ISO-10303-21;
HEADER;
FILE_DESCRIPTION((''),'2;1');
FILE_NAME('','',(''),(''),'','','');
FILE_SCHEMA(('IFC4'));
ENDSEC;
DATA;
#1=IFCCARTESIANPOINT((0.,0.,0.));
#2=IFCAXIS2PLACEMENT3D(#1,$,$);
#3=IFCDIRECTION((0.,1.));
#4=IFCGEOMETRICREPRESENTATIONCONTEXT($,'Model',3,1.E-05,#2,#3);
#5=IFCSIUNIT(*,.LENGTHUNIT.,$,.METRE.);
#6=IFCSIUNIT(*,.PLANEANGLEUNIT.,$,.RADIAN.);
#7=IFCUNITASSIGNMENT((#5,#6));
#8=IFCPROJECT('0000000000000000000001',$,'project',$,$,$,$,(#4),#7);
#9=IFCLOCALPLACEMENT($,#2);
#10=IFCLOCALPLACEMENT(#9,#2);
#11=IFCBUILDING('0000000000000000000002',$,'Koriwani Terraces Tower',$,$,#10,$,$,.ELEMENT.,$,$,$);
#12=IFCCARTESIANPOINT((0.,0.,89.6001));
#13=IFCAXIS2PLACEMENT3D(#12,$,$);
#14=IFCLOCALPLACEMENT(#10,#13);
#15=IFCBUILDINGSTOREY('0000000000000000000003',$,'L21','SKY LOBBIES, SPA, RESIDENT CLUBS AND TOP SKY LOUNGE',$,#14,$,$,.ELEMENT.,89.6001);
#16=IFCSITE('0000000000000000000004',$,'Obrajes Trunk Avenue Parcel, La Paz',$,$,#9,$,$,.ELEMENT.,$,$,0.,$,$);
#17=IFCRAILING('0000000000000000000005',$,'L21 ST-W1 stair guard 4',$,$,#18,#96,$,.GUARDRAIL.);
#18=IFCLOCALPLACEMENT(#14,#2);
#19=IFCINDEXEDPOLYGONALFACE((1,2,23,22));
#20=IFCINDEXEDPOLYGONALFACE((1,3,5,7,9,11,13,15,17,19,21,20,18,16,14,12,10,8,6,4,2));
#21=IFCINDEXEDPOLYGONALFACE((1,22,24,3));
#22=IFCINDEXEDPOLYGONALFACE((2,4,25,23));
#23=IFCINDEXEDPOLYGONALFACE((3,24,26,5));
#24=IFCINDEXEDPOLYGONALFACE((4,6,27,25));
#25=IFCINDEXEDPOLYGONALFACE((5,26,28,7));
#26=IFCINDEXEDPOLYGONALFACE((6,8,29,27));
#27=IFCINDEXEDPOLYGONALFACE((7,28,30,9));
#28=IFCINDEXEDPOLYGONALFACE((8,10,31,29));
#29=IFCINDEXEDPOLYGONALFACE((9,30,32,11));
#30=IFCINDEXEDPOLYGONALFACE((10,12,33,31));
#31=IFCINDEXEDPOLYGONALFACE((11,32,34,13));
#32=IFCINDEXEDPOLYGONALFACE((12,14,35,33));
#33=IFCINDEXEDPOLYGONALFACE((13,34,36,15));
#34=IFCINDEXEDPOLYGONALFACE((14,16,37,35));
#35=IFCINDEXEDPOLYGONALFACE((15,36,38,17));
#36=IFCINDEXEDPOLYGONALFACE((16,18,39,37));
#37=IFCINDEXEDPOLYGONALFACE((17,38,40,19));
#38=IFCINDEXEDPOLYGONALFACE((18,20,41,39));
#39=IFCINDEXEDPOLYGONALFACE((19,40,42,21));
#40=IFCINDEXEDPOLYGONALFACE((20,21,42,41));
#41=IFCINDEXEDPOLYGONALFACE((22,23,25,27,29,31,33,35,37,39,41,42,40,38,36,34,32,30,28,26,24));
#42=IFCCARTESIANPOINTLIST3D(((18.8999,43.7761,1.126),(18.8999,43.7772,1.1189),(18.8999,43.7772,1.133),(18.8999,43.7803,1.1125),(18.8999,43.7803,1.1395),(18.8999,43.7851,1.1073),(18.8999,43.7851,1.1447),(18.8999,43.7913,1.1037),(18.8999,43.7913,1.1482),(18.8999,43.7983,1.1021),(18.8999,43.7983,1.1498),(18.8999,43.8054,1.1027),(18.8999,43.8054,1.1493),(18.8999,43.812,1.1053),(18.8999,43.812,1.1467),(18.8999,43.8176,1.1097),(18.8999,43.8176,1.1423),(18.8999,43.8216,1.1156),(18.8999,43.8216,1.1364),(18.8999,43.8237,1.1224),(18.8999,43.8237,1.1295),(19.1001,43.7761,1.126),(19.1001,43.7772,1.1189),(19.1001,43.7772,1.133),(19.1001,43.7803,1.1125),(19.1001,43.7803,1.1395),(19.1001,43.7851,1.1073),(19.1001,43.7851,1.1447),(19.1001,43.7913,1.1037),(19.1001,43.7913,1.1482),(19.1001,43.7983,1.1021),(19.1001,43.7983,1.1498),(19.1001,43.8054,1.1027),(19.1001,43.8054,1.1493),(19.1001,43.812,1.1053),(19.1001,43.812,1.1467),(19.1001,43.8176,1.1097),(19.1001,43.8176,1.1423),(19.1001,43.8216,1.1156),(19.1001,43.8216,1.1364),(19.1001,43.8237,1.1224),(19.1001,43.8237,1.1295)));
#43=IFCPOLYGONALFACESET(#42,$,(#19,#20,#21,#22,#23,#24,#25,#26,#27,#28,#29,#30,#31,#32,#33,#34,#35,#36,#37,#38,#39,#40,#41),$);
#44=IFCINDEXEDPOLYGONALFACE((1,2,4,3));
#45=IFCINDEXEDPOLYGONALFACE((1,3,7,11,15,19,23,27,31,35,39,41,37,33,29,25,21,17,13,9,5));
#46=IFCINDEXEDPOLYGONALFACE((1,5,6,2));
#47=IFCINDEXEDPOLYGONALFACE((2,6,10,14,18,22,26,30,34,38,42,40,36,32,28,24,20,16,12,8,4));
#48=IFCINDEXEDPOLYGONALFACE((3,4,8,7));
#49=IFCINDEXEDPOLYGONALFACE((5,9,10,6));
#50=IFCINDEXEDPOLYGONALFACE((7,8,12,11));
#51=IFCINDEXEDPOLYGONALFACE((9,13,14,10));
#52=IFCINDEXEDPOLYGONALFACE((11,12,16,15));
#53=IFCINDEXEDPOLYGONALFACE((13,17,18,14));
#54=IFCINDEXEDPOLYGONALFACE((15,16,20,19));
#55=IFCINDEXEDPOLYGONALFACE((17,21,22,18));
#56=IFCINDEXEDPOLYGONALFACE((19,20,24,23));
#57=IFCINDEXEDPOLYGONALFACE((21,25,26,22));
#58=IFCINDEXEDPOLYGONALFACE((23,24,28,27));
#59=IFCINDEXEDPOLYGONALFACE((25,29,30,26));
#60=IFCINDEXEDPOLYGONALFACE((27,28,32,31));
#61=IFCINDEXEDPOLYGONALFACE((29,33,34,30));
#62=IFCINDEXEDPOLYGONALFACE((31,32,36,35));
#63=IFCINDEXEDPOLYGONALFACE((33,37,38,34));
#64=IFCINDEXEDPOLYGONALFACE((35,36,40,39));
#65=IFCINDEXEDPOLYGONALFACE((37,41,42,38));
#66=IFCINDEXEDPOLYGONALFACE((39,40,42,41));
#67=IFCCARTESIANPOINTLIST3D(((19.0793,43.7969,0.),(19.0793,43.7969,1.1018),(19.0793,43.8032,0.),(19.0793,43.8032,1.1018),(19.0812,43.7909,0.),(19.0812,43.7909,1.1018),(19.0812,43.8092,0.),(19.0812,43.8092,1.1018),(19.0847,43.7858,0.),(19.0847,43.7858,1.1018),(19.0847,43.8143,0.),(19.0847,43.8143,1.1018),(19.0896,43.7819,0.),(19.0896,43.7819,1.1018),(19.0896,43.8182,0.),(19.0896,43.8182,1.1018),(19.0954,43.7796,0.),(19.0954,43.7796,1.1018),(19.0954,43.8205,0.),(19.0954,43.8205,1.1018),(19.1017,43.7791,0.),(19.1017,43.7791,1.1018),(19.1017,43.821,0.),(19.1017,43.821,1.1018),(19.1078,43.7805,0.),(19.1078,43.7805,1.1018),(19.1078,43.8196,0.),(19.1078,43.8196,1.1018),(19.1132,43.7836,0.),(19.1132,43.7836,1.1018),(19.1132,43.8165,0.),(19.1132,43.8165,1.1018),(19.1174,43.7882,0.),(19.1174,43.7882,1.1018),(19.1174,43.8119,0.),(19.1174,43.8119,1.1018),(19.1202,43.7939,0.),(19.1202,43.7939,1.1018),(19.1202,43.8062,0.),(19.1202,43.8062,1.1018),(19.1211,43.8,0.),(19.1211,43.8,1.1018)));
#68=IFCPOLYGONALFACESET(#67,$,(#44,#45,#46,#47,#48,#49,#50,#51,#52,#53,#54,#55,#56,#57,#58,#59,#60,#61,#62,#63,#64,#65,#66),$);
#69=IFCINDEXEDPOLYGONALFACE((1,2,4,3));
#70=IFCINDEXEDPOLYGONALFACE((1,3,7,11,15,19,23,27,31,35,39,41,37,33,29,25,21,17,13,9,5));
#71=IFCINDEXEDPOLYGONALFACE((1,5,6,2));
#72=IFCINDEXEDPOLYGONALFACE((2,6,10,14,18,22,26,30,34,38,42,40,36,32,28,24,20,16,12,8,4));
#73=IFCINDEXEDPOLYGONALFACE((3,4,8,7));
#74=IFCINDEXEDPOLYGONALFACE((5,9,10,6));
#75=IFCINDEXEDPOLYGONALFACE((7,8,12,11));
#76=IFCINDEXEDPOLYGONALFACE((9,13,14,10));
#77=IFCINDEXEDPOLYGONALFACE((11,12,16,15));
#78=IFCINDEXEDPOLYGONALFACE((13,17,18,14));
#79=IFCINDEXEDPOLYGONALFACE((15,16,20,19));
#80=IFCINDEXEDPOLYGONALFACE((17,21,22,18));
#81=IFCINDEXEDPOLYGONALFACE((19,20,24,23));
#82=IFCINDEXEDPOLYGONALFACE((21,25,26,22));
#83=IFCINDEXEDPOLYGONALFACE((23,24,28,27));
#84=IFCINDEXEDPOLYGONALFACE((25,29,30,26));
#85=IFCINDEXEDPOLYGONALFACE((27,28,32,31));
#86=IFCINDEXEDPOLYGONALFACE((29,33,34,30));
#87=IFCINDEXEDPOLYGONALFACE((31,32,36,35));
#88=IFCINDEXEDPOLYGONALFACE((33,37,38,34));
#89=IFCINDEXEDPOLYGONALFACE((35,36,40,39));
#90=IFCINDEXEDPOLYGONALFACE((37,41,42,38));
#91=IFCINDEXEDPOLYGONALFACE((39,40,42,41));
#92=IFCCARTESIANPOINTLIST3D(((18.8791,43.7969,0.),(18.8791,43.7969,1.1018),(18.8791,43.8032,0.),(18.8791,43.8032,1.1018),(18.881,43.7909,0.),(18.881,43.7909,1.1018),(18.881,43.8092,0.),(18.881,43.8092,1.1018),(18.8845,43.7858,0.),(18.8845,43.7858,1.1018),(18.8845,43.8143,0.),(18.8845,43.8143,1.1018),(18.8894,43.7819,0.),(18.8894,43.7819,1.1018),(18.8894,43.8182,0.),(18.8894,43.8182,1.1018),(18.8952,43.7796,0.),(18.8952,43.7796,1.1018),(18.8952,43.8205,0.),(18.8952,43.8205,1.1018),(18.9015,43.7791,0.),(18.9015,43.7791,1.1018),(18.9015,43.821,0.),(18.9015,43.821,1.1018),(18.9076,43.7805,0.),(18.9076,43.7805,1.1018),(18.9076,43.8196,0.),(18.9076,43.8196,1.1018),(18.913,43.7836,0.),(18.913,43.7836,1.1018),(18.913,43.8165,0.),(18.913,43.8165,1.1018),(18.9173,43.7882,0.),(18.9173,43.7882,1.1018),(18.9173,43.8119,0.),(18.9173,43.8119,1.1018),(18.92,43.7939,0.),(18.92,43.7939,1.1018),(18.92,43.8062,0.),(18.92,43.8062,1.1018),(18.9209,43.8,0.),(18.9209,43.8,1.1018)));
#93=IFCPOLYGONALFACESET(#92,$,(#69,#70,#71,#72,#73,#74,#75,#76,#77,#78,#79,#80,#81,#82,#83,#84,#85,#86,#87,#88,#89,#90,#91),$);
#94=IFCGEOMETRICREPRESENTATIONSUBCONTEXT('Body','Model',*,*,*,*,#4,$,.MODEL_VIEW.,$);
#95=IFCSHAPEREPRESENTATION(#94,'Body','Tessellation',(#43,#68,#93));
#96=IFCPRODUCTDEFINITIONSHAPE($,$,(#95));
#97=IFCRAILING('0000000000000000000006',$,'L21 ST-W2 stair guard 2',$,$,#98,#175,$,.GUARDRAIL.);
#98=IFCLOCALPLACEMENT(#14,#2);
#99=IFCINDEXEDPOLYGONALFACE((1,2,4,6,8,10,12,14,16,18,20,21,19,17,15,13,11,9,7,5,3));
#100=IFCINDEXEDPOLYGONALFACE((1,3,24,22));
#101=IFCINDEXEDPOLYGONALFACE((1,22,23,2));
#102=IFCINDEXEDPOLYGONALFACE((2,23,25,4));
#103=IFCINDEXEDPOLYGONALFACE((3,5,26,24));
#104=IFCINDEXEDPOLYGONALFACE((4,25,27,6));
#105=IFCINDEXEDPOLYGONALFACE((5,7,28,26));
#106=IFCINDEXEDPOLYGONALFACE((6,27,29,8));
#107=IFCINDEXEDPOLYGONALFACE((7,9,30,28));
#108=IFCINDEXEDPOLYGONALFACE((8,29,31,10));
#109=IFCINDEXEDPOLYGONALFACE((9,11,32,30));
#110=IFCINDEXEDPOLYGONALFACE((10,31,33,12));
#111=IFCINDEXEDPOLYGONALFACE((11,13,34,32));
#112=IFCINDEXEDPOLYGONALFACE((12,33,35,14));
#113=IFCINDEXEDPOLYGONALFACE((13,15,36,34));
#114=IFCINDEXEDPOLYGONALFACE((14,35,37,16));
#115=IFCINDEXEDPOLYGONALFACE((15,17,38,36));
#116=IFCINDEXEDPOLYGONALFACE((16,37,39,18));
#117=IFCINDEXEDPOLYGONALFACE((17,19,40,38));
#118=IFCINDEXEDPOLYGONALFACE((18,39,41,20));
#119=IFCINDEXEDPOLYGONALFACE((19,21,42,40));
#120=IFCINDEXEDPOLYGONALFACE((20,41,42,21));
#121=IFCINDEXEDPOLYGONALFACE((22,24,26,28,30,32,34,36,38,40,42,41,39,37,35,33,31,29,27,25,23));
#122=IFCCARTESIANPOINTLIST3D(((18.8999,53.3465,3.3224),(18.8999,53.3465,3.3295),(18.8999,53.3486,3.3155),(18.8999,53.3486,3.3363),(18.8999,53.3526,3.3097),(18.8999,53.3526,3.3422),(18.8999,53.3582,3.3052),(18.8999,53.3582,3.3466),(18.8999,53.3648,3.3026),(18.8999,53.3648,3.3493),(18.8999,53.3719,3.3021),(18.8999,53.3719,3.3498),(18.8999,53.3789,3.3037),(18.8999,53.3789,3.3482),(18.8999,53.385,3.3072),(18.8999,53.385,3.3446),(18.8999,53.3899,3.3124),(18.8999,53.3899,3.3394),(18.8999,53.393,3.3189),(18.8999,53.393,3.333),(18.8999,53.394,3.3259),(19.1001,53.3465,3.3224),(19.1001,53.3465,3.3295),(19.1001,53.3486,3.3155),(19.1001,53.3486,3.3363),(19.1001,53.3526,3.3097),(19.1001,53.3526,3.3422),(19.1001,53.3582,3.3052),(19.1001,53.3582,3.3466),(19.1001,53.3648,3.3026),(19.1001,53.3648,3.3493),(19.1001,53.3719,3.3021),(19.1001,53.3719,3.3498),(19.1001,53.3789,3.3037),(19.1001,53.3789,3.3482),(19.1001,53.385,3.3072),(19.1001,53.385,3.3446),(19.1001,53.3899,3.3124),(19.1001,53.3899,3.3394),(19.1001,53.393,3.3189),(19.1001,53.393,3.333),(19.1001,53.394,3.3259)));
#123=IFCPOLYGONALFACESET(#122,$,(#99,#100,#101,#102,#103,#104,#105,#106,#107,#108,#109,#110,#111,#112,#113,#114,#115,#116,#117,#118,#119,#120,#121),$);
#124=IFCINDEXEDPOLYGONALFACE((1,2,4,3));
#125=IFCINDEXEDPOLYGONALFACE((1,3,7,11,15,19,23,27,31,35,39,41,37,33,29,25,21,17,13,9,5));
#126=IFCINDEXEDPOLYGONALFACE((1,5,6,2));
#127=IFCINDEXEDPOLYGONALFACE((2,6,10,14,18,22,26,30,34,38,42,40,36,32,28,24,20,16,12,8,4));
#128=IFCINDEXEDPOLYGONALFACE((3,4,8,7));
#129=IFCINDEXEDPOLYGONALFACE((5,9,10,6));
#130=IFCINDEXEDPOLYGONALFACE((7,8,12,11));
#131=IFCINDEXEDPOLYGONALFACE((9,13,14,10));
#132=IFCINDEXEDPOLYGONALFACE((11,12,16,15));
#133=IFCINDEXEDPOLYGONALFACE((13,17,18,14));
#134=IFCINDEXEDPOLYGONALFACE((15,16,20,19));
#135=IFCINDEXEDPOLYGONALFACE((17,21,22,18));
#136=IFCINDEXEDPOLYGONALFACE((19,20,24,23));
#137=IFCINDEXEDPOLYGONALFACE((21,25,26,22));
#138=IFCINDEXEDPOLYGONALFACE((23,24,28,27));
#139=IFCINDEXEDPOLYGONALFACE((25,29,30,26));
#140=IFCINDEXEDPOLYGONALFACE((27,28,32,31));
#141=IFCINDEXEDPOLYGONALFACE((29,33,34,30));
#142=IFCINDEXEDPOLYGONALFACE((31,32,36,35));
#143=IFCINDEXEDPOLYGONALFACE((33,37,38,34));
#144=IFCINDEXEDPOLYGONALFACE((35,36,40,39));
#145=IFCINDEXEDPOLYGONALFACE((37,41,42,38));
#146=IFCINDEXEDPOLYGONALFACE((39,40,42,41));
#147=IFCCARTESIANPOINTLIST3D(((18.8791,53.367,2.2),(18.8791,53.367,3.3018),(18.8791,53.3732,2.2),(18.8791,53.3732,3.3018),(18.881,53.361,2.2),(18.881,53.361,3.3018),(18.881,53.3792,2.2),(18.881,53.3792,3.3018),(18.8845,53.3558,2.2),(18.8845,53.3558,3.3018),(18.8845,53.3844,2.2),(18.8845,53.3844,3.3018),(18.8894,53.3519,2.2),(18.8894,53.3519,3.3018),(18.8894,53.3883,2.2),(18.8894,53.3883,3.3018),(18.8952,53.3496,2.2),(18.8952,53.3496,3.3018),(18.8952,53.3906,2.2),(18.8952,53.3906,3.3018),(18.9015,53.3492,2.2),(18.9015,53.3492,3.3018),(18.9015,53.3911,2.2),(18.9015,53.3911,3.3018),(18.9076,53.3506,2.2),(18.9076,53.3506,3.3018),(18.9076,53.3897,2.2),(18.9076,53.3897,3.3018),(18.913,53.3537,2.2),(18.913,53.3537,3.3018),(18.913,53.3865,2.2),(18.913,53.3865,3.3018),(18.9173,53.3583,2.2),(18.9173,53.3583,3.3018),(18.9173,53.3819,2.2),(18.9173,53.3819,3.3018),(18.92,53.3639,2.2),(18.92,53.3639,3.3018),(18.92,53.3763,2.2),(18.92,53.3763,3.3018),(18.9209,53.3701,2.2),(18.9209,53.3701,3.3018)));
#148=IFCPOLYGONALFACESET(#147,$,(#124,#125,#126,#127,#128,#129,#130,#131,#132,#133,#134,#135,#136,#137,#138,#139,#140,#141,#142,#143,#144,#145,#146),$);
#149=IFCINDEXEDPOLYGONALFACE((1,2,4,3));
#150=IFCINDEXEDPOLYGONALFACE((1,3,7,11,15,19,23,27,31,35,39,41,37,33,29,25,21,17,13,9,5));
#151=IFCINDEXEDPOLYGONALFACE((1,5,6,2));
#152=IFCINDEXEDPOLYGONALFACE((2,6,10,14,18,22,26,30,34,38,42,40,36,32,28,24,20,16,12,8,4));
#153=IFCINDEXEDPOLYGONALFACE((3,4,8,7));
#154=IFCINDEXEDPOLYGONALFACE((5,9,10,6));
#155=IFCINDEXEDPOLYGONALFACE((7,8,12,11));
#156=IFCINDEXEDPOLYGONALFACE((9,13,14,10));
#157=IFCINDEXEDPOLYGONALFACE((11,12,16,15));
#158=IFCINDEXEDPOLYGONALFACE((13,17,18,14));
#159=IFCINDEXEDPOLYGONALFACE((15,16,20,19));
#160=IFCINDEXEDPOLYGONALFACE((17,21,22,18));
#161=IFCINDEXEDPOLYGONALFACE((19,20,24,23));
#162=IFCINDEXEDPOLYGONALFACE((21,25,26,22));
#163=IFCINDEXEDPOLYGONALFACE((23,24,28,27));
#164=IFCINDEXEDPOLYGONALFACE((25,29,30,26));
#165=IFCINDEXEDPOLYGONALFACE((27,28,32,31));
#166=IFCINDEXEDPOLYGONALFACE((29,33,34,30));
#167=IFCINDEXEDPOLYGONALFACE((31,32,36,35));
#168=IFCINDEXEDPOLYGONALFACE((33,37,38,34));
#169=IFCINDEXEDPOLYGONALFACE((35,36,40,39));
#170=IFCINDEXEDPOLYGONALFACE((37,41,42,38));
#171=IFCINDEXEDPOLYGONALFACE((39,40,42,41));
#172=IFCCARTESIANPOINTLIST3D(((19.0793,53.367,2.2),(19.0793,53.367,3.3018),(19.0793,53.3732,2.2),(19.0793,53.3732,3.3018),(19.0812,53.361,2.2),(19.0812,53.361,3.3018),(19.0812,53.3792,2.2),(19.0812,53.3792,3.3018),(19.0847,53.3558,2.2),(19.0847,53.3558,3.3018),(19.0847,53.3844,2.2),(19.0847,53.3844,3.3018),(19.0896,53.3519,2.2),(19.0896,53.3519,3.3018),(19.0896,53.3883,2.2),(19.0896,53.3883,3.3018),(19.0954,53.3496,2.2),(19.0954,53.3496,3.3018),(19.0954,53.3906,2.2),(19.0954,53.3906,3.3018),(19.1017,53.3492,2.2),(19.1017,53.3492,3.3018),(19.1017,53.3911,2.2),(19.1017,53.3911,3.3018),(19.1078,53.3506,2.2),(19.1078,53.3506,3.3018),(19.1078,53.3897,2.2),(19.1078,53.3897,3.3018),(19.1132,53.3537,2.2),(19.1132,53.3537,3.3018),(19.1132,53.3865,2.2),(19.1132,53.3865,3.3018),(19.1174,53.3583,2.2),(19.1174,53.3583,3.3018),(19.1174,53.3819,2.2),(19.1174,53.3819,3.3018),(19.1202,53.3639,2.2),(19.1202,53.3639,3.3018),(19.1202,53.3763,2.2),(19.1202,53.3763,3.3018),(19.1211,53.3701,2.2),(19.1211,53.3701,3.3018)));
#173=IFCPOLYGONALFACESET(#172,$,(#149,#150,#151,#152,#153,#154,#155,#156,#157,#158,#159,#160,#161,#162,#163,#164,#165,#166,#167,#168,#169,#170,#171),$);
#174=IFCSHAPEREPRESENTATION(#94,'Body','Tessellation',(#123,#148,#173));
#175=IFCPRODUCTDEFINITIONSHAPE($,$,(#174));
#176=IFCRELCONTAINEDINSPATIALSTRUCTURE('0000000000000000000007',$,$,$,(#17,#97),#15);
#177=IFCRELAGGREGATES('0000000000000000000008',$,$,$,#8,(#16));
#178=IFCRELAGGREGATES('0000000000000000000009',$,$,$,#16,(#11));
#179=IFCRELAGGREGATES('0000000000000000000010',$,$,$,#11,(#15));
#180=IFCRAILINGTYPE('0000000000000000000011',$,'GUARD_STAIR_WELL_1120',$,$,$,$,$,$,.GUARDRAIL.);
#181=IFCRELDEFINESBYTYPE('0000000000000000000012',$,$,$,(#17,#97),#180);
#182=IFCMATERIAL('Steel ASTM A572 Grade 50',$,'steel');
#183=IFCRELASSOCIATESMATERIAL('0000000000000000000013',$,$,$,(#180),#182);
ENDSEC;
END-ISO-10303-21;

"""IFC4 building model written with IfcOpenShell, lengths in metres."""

from ifc_helpers import new_model, si_unit, direction, frame, origin, origin_2d, place, context, subcontext, project, spatial, circle, extrude, material, type_object, element, save


model = new_model("IFC4")

# Units and contexts
model_context = context("Model", 3, precision=1e-05, world=origin(), true_north=direction((0.0, 1.0)))
body_context = subcontext(model_context, "Body", "Model", "MODEL_VIEW")
ifc_project = project(units=[si_unit("LENGTHUNIT", "METRE"), si_unit("PLANEANGLEUNIT", "RADIAN")], contexts=[model_context])

# Site, building, storey
site_placement = place(None, origin())
site = spatial("IfcSite", under=ifc_project, at=site_placement, Name="Obrajes Trunk Avenue Parcel, La Paz", CompositionType="ELEMENT", RefElevation=0.0)
building_placement = place(site_placement, origin())
building = spatial("IfcBuilding", under=site, at=building_placement, Name="Koriwani Terraces Tower", CompositionType="ELEMENT")
storey_placement = place(building_placement, frame((0.0, 0.0, 89.6001)))
storey = spatial("IfcBuildingStorey", under=building, at=storey_placement, Name="L21", Description="SKY LOBBIES, SPA, RESIDENT CLUBS AND TOP SKY LOUNGE", CompositionType="ELEMENT", Elevation=89.6001)

# Shared definitions
ifc_material_1 = material(Name="Steel ASTM A572 Grade 50", Category="steel")

# Railings
railing_type_1 = type_object("IfcRailingType", Name="GUARD_STAIR_WELL_1120", PredefinedType="GUARDRAIL", material=ifc_material_1)
railing_1_placement = place(storey_placement, frame((19.1001, 43.8, 0.0)))
element("IfcRailing", 1, at=railing_1_placement, inside=storey, type_object=railing_type_1, Name="L21 ST-W1 stair guard 4", PredefinedType="GUARDRAIL", context=body_context, shape_type="SweptSolid", body=[
    extrude(circle(Radius=0.0239, at=origin_2d()), frame((0.0, 0.0, 1.126), z_axis=(-1.0, 0.0, 0.0), x_axis=(0.0, -1.0, 0.0)), (0.0, 0.0, 1.0), 0.2002),
    extrude(circle(Radius=0.021, at=origin_2d()), origin(), (0.0, 0.0, 1.0), 1.1018),
    extrude(circle(Radius=0.021, at=origin_2d()), frame((-0.2002, 0.0, 0.0)), (0.0, 0.0, 1.0), 1.1018),
])
railing_2_placement = place(storey_placement, frame((18.8999, 53.3701, 2.2)))
element("IfcRailing", 2, at=railing_2_placement, inside=storey, type_object=railing_type_1, Name="L21 ST-W2 stair guard 2", PredefinedType="GUARDRAIL", context=body_context, shape_type="SweptSolid", body=[
    extrude(circle(Radius=0.0239, at=origin_2d()), frame((0.0, 0.0, 1.126), z_axis=(1.0, 0.0, 0.0), x_axis=(0.0, 1.0, 0.0)), (0.0, 0.0, 1.0), 0.2002),
    extrude(circle(Radius=0.021, at=origin_2d()), origin(), (0.0, 0.0, 1.0), 1.1018),
    extrude(circle(Radius=0.021, at=origin_2d()), frame((0.2002, 0.0, 0.0)), (0.0, 0.0, 1.0), 1.1018),
])

save(model, "model.ifc")
